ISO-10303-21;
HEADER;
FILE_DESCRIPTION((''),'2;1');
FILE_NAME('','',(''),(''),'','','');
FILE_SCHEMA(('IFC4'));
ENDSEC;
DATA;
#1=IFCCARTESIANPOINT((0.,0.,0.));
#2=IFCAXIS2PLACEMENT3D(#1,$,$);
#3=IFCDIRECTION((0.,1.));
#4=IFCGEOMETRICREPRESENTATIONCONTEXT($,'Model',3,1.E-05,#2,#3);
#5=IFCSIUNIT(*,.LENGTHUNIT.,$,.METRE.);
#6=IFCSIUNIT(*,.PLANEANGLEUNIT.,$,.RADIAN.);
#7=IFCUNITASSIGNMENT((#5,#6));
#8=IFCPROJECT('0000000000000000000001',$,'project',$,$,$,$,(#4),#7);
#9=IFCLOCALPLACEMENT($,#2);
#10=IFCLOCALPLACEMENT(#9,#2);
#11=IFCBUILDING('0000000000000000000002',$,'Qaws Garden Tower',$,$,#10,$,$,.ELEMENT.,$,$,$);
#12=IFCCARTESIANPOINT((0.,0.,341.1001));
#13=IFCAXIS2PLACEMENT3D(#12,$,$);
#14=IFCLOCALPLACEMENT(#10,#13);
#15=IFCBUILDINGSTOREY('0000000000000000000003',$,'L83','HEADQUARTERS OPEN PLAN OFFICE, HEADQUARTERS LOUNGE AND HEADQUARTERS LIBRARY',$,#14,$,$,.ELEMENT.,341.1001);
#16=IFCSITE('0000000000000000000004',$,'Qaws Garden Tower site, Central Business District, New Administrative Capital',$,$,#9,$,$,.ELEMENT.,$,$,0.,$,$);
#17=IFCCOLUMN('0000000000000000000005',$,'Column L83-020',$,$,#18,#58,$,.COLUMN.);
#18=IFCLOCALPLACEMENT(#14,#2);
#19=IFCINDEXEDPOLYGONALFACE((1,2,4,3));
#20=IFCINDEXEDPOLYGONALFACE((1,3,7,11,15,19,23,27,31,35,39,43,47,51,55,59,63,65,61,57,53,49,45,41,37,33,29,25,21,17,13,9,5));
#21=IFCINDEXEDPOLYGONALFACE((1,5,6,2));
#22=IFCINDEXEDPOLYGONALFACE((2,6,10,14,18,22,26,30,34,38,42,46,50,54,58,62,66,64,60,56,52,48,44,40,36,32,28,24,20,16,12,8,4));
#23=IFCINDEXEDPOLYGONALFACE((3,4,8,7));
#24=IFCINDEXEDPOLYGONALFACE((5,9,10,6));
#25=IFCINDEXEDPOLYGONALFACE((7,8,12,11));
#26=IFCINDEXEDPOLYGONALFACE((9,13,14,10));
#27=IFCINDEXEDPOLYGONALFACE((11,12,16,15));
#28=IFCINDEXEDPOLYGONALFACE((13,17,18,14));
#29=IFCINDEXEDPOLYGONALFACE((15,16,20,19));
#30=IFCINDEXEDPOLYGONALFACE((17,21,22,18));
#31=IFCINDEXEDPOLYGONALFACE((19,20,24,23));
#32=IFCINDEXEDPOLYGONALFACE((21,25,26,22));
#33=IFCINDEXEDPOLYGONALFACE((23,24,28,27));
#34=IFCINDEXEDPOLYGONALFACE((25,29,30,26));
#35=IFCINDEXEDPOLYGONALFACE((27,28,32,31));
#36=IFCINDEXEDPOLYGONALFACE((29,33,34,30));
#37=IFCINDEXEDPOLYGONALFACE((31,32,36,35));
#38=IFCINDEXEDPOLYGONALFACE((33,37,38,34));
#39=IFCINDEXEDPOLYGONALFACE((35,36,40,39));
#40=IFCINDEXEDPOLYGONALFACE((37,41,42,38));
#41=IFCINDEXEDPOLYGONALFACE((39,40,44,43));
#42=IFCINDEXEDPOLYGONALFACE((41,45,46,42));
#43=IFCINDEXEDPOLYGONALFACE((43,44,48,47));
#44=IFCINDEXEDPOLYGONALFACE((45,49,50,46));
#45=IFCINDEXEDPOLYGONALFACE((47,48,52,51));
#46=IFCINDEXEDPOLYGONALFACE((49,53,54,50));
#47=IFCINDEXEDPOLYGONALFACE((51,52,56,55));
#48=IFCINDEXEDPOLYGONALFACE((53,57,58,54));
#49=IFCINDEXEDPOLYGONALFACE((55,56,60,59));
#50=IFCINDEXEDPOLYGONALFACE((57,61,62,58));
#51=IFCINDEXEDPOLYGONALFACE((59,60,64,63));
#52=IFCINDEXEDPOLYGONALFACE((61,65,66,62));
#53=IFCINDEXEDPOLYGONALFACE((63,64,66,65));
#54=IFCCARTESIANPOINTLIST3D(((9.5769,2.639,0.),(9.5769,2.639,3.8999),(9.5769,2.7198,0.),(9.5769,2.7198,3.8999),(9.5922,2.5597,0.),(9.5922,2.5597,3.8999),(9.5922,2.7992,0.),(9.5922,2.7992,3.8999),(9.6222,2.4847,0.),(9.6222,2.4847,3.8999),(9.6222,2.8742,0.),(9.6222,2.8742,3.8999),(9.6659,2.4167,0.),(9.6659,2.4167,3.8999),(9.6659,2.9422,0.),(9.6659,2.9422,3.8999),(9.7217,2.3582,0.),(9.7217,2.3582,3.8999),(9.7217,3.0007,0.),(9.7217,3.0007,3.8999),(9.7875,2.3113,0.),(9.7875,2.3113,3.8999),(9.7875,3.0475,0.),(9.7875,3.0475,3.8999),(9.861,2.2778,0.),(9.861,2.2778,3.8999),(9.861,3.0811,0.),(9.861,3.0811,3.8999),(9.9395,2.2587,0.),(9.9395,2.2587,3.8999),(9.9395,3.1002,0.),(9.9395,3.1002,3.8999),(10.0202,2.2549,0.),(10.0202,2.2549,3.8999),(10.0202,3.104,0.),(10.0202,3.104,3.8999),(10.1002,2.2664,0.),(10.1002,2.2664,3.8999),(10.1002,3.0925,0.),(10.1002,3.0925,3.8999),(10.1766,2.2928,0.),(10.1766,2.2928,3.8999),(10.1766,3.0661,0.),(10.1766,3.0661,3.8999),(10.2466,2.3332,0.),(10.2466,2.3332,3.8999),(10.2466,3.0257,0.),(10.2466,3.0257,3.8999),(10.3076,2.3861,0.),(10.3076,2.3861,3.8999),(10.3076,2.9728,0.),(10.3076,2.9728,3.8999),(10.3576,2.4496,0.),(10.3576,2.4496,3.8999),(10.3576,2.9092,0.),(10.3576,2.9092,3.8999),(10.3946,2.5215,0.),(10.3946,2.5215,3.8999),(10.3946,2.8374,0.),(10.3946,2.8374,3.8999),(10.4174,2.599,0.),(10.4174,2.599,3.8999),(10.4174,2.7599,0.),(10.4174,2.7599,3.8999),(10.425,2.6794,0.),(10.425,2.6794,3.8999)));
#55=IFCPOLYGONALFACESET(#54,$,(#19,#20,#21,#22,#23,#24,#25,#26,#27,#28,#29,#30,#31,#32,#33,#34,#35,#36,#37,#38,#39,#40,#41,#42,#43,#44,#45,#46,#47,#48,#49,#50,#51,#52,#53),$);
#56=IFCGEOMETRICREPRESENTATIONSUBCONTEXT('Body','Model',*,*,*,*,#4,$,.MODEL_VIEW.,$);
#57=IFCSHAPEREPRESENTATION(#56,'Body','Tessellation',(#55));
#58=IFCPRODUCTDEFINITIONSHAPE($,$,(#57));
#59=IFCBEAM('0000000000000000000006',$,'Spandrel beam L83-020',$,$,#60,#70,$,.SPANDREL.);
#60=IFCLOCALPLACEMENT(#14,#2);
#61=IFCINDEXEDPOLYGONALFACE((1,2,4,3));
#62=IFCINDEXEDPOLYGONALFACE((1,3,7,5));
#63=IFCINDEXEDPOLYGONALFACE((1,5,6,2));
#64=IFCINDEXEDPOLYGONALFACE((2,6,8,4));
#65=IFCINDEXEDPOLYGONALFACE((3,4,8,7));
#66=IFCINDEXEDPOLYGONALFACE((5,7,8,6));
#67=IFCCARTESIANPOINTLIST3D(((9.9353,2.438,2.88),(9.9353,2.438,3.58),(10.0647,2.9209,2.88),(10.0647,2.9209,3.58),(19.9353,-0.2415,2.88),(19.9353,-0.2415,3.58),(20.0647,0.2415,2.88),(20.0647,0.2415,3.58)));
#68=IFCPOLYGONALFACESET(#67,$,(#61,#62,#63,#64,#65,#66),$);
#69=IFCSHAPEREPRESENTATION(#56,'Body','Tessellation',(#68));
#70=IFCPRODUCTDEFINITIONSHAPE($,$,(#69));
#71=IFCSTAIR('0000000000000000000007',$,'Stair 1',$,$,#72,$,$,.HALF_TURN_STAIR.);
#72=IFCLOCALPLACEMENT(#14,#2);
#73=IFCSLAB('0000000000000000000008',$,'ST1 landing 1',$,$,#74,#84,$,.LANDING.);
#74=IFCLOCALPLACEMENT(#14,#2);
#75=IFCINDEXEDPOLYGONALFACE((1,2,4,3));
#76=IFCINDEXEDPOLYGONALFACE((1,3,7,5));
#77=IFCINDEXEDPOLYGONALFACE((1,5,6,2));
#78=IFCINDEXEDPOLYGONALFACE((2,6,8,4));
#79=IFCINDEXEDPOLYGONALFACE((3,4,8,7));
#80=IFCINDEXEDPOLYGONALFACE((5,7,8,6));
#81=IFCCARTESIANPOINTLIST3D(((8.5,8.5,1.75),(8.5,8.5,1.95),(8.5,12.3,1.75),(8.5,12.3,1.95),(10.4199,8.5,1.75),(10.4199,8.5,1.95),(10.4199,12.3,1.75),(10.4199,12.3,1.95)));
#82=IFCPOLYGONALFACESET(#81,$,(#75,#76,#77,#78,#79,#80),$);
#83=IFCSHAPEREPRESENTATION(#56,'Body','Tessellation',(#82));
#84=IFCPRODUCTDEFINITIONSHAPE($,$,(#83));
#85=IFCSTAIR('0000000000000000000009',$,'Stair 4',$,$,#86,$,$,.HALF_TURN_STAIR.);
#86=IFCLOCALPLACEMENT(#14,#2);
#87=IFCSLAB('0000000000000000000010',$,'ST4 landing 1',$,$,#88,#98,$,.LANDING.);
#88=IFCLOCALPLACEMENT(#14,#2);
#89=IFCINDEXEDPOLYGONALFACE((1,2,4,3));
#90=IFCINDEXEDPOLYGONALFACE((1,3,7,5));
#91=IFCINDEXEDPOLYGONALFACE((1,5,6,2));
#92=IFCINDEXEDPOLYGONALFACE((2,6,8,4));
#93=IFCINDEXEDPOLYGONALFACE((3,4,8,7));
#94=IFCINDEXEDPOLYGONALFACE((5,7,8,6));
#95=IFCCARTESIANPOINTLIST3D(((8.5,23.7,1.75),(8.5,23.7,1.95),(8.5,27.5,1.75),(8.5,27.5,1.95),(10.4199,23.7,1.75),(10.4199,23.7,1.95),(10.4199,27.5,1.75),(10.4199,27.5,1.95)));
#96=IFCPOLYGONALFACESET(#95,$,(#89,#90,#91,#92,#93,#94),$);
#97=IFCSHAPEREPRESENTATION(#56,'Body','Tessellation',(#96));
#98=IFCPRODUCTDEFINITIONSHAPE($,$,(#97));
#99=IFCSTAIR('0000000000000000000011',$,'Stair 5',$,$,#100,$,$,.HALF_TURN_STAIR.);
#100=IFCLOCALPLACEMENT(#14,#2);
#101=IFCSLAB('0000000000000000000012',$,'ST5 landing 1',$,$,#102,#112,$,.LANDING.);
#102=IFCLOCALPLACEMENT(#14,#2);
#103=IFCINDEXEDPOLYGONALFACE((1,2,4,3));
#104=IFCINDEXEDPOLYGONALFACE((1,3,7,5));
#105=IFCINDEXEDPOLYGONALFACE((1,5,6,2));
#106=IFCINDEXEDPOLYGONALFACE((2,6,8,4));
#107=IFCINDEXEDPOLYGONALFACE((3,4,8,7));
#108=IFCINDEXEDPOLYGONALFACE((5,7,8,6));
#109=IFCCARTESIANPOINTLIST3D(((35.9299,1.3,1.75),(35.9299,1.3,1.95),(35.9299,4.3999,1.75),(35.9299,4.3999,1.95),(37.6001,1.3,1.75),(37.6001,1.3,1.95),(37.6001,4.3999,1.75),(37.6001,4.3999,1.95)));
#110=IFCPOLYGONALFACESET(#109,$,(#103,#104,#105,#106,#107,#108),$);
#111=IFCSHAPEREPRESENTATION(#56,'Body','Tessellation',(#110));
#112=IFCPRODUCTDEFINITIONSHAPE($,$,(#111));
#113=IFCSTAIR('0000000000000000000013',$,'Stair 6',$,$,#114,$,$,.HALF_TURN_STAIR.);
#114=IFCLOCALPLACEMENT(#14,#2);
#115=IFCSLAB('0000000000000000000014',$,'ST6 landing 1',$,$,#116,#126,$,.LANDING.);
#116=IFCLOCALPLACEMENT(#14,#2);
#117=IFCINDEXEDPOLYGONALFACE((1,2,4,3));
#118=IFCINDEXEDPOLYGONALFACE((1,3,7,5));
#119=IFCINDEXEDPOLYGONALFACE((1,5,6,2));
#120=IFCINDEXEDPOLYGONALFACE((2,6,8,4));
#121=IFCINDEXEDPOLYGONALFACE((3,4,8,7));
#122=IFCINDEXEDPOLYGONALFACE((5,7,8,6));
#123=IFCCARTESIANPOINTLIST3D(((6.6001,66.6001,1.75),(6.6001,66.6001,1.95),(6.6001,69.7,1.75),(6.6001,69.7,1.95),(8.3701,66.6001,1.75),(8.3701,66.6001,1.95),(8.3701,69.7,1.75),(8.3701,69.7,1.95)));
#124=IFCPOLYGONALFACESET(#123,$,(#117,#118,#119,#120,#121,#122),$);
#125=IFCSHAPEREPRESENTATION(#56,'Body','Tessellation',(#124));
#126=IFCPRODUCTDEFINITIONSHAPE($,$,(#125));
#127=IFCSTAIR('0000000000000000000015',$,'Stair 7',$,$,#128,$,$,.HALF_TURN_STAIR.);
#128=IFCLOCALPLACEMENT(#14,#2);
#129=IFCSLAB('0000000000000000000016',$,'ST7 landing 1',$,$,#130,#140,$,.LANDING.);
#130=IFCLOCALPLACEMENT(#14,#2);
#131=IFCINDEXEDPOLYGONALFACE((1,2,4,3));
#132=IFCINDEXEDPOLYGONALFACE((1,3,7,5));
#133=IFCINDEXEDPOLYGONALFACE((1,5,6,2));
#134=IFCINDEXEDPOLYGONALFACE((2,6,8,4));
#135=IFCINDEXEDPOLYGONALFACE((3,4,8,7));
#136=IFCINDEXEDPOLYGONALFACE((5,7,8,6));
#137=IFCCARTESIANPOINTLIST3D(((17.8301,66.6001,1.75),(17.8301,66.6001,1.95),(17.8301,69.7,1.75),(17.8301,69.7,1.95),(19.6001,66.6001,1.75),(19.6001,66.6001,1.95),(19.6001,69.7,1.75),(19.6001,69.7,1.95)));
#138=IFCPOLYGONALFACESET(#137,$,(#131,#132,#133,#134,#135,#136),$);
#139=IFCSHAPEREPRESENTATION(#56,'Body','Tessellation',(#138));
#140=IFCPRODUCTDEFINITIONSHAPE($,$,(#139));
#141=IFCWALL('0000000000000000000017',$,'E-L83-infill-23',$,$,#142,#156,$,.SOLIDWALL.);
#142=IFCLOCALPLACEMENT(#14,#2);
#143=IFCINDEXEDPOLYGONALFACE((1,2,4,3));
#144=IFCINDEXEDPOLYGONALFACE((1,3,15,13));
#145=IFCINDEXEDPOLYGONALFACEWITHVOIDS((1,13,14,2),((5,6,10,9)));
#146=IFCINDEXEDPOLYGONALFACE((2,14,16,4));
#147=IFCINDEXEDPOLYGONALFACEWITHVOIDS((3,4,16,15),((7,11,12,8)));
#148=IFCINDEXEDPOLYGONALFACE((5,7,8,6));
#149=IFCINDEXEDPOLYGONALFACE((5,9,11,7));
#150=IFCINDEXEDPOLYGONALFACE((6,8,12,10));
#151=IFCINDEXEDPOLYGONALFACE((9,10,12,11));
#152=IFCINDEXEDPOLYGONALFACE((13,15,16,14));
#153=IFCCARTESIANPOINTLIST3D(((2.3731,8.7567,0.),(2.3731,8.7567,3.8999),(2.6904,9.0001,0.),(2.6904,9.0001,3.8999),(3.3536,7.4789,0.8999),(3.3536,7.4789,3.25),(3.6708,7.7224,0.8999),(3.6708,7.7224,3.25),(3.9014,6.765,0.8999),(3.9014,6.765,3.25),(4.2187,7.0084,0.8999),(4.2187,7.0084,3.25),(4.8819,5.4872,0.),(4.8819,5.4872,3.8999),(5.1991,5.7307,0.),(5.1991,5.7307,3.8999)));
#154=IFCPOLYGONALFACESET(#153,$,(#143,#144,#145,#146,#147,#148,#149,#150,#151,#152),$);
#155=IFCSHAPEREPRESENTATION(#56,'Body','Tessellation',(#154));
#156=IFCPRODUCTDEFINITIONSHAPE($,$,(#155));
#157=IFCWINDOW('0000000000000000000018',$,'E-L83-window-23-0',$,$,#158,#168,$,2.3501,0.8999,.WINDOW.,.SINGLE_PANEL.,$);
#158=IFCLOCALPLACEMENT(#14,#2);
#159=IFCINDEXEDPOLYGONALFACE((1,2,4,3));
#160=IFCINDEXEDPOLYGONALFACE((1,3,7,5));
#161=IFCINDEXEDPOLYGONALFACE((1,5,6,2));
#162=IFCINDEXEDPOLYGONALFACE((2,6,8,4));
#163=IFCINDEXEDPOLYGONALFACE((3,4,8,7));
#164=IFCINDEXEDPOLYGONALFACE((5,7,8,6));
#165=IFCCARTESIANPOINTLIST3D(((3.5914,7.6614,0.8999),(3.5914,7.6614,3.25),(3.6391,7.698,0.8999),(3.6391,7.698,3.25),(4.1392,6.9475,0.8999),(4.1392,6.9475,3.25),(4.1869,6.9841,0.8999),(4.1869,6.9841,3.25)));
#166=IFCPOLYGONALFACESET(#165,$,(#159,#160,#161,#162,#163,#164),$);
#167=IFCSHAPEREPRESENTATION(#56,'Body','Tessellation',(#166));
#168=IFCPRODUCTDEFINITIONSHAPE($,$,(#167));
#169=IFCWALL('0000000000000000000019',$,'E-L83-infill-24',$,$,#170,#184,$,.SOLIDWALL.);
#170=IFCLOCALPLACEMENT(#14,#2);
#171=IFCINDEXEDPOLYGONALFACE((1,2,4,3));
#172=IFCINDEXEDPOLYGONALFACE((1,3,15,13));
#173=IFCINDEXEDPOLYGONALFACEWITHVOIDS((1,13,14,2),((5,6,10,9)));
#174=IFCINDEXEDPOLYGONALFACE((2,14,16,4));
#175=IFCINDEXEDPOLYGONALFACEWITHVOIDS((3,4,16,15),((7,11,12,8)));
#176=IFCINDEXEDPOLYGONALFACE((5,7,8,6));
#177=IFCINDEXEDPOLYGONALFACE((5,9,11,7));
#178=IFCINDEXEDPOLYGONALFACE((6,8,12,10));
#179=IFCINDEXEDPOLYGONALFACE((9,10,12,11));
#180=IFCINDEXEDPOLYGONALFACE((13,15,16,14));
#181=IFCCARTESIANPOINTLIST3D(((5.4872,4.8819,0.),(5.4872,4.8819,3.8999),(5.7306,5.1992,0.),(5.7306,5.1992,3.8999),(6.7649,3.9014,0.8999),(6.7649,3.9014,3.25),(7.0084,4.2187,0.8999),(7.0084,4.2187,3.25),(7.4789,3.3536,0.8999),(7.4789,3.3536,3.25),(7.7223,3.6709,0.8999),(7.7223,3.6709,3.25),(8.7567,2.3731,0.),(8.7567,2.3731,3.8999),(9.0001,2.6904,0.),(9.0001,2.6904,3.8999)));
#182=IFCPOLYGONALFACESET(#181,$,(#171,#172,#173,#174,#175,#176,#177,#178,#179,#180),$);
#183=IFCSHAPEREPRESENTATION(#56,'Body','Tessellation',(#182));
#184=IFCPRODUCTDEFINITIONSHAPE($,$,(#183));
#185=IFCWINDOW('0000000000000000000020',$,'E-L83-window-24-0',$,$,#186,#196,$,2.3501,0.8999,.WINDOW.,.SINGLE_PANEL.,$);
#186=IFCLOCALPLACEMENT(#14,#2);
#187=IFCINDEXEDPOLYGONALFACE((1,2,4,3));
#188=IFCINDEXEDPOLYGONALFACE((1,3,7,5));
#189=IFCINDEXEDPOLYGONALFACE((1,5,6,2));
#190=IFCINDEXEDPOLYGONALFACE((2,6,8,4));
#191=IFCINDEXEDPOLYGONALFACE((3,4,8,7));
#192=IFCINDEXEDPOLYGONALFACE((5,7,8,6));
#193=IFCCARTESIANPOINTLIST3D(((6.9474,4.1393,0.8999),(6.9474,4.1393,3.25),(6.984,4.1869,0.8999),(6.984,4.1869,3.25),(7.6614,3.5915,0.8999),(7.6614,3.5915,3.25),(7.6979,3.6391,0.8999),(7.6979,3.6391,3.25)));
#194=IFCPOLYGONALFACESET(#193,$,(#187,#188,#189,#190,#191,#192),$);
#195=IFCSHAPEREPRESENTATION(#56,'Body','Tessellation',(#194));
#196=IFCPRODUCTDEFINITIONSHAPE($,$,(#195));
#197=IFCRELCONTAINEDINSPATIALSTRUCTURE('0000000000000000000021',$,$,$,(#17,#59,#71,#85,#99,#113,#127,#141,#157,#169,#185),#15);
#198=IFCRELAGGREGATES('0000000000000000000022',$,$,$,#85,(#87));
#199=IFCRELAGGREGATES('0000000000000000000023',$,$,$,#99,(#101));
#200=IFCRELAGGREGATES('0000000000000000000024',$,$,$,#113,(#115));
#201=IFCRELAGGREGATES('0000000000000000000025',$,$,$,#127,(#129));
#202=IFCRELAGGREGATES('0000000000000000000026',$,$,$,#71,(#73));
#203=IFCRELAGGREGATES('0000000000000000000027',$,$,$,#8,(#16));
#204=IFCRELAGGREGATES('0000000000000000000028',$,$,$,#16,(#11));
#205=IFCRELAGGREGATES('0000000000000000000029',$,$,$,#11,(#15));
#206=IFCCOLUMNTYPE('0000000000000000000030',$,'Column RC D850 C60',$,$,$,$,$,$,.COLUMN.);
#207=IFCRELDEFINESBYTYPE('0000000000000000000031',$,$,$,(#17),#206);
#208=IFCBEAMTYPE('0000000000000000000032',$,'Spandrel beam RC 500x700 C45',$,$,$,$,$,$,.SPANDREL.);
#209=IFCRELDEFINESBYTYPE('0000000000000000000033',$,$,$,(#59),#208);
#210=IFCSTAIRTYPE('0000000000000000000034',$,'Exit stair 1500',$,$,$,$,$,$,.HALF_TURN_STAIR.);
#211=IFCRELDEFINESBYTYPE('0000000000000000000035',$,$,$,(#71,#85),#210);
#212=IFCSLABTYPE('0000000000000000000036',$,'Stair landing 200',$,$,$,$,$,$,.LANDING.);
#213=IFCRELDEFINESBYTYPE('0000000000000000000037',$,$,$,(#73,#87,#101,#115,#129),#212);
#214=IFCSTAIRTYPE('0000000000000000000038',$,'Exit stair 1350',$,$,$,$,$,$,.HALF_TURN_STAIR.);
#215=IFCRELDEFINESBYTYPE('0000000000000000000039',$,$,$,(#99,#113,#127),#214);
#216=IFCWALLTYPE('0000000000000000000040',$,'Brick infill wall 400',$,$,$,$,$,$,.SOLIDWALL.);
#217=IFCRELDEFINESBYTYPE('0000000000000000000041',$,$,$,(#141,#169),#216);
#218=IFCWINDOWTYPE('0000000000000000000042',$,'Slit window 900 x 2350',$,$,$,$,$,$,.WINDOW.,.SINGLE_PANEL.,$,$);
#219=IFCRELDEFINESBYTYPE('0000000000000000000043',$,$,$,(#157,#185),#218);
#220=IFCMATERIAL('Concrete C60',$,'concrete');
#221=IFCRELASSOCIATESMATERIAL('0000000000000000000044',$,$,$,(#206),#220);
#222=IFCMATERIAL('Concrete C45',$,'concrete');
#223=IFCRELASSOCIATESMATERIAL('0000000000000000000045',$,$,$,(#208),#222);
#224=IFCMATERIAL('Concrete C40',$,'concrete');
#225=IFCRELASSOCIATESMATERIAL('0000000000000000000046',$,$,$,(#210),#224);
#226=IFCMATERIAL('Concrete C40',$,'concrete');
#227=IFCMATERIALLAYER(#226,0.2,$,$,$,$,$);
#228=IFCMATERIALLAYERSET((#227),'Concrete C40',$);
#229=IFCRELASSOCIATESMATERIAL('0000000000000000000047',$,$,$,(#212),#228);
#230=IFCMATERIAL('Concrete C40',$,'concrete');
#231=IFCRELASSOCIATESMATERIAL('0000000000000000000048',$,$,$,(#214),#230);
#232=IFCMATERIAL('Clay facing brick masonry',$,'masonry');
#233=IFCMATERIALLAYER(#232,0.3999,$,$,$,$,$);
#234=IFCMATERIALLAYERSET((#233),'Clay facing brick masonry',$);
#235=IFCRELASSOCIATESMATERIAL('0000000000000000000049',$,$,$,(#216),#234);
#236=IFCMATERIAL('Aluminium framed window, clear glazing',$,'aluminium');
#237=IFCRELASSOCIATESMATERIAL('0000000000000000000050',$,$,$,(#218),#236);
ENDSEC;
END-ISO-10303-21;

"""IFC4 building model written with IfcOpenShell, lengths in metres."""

from ifc_helpers import new_model, si_unit, direction, frame, frame_2d, origin, origin_2d, place, context, subcontext, project, spatial, polyline, rectangle, circle, outline, extrude, material, layer, layer_set, material_profile, profile_set, type_object, element, fill, aggregate, save


model = new_model("IFC4")

# Units and contexts
model_context = context("Model", 3, precision=1e-05, world=origin(), true_north=direction((0.0, 1.0)))
body_context = subcontext(model_context, "Body", "Model", "MODEL_VIEW")
ifc_project = project(units=[si_unit("LENGTHUNIT", "METRE"), si_unit("PLANEANGLEUNIT", "RADIAN")], contexts=[model_context])

# Site, building, storey
site_placement = place(None, origin())
site = spatial("IfcSite", under=ifc_project, at=site_placement, Name="Qaws Garden Tower site, Central Business District, New Administrative Capital", CompositionType="ELEMENT", RefElevation=0.0)
building_placement = place(site_placement, origin())
building = spatial("IfcBuilding", under=site, at=building_placement, Name="Qaws Garden Tower", CompositionType="ELEMENT")
storey_placement = place(building_placement, frame((0.0, 0.0, 341.1001)))
storey = spatial("IfcBuildingStorey", under=building, at=storey_placement, Name="L83", Description="HEADQUARTERS OPEN PLAN OFFICE, HEADQUARTERS LOUNGE AND HEADQUARTERS LIBRARY", CompositionType="ELEMENT", Elevation=341.1001)

# Column
ifc_material_1 = material(Name="Concrete C60", Category="concrete")
ifc_material_profile_1 = material_profile(ifc_material_1, circle(Radius=0.425, at=origin_2d()), Name="RC D850")
ifc_profile_set_1 = profile_set([ifc_material_profile_1], Name="Concrete C60")
column_type = type_object("IfcColumnType", Name="Column RC D850 C60", PredefinedType="COLUMN", material=ifc_profile_set_1)
column_placement = place(storey_placement, frame((10.0, 2.6794, 0.0), z_axis=(0.0, 0.0, 1.0), x_axis=(1.0, 0.0, 0.0)))
element("IfcColumn", 1, at=column_placement, inside=storey, type_object=column_type, Name="Column L83-020", PredefinedType="COLUMN", context=body_context, shape_type="SweptSolid", body=[
    extrude(circle(Radius=0.425, at=origin_2d()), origin(), (0.0, 0.0, 1.0), 3.8999),
])

# Beam
ifc_material_2 = material(Name="Concrete C45", Category="concrete")
ifc_material_profile_2 = material_profile(ifc_material_2, rectangle(XDim=0.5, YDim=0.7, at=origin_2d()), Name="RC 500x700")
ifc_profile_set_2 = profile_set([ifc_material_profile_2], Name="Concrete C45")
beam_type = type_object("IfcBeamType", Name="Spandrel beam RC 500x700 C45", PredefinedType="SPANDREL", material=ifc_profile_set_2)
beam_placement = place(storey_placement, frame((10.0, 2.6794, 3.23), z_axis=(0.965927, -0.258815, 0.0), x_axis=(0.258815, 0.965927, 0.0)))
element("IfcBeam", 2, at=beam_placement, inside=storey, type_object=beam_type, Name="Spandrel beam L83-020", PredefinedType="SPANDREL", context=body_context, shape_type="SweptSolid", body=[
    extrude(rectangle(XDim=0.5, YDim=0.7, at=origin_2d()), origin(), (0.0, 0.0, 1.0), 10.3528),
])

# Stairs, slabs
ifc_material_3 = material(Name="Concrete C40", Category="concrete")
stair_type_1 = type_object("IfcStairType", Name="Exit stair 1500", PredefinedType="HALF_TURN_STAIR", material=ifc_material_3)
placement_1 = place(storey_placement, origin())
stair_1 = element("IfcStair", 3, at=placement_1, inside=storey, type_object=stair_type_1, Name="Stair 1", PredefinedType="HALF_TURN_STAIR")
ifc_material_4 = material(Name="Concrete C40", Category="concrete")
ifc_layer_1 = layer(ifc_material_4, 0.2)
ifc_layer_set_1 = layer_set([ifc_layer_1], Name="Concrete C40")
slab_type = type_object("IfcSlabType", Name="Stair landing 200", PredefinedType="LANDING", material=ifc_layer_set_1)
placement_2 = place(storey_placement, frame((0.0, 0.0, 1.75)))
slab_1 = element("IfcSlab", 4, at=placement_2, type_object=slab_type, Name="ST1 landing 1", PredefinedType="LANDING", context=body_context, shape_type="SweptSolid", body=[
    extrude(outline(polyline([(8.5, 8.5), (10.4199, 8.5), (10.4199, 12.3), (8.5, 12.3), (8.5, 8.5)])), origin(), (0.0, 0.0, 1.0), 0.2),
])
stair_2 = element("IfcStair", 5, at=placement_1, inside=storey, type_object=stair_type_1, Name="Stair 4", PredefinedType="HALF_TURN_STAIR")
slab_2 = element("IfcSlab", 6, at=placement_2, type_object=slab_type, Name="ST4 landing 1", PredefinedType="LANDING", context=body_context, shape_type="SweptSolid", body=[
    extrude(outline(polyline([(8.5, 23.7), (10.4199, 23.7), (10.4199, 27.5), (8.5, 27.5), (8.5, 23.7)])), origin(), (0.0, 0.0, 1.0), 0.2),
])
aggregate(stair_2, [slab_2])
ifc_material_5 = material(Name="Concrete C40", Category="concrete")
stair_type_2 = type_object("IfcStairType", Name="Exit stair 1350", PredefinedType="HALF_TURN_STAIR", material=ifc_material_5)
stair_3 = element("IfcStair", 7, at=placement_1, inside=storey, type_object=stair_type_2, Name="Stair 5", PredefinedType="HALF_TURN_STAIR")
slab_3 = element("IfcSlab", 8, at=placement_2, type_object=slab_type, Name="ST5 landing 1", PredefinedType="LANDING", context=body_context, shape_type="SweptSolid", body=[
    extrude(outline(polyline([(35.9299, 1.3), (37.6001, 1.3), (37.6001, 4.3999), (35.9299, 4.3999), (35.9299, 1.3)])), origin(), (0.0, 0.0, 1.0), 0.2),
])
aggregate(stair_3, [slab_3])
stair_4 = element("IfcStair", 9, at=placement_1, inside=storey, type_object=stair_type_2, Name="Stair 6", PredefinedType="HALF_TURN_STAIR")
slab_4 = element("IfcSlab", 10, at=placement_2, type_object=slab_type, Name="ST6 landing 1", PredefinedType="LANDING", context=body_context, shape_type="SweptSolid", body=[
    extrude(outline(polyline([(6.6001, 66.6001), (8.3701, 66.6001), (8.3701, 69.7), (6.6001, 69.7), (6.6001, 66.6001)])), origin(), (0.0, 0.0, 1.0), 0.2),
])
aggregate(stair_4, [slab_4])
stair_5 = element("IfcStair", 11, at=placement_1, inside=storey, type_object=stair_type_2, Name="Stair 7", PredefinedType="HALF_TURN_STAIR")
slab_5 = element("IfcSlab", 12, at=placement_2, type_object=slab_type, Name="ST7 landing 1", PredefinedType="LANDING", context=body_context, shape_type="SweptSolid", body=[
    extrude(outline(polyline([(17.8301, 66.6001), (19.6001, 66.6001), (19.6001, 69.7), (17.8301, 69.7), (17.8301, 66.6001)])), origin(), (0.0, 0.0, 1.0), 0.2),
])
aggregate(stair_5, [slab_5])

# Walls, openings, windows
ifc_material_6 = material(Name="Clay facing brick masonry", Category="masonry")
ifc_layer_2 = layer(ifc_material_6, 0.3999)
ifc_layer_set_2 = layer_set([ifc_layer_2], Name="Clay facing brick masonry")
wall_type_1 = type_object("IfcWallType", Name="Brick infill wall 400", PredefinedType="SOLIDWALL", material=ifc_layer_set_2)
wall_1_placement = place(storey_placement, frame((2.5317, 8.8784, 0.0), z_axis=(0.0, 0.0, 1.0), x_axis=(0.60876, -0.793355, 0.0)))
wall_1 = element("IfcWall", 13, at=wall_1_placement, inside=storey, type_object=wall_type_1, Name="E-L83-infill-23", PredefinedType="SOLIDWALL", context=body_context, shape_type="SweptSolid", body=[
    extrude(rectangle(XDim=4.1211, YDim=0.3999, at=frame_2d((2.0605, 0.0))), origin(), (0.0, 0.0, 1.0), 3.8999),
])
opening_1_placement = place(wall_1_placement, frame((1.6106, 0.0, 0.8999)))
opening_1 = element("IfcOpeningElement", 14, at=opening_1_placement, cuts=wall_1, PredefinedType="OPENING", context=body_context, shape_type="SweptSolid", body=[
    extrude(rectangle(XDim=0.8999, YDim=2.3501, at=frame_2d((0.45, 1.175))), frame((0.0, 0.21, 0.0), z_axis=(0.0, -1.0, 0.0), x_axis=(1.0, 0.0, 0.0)), (0.0, 0.0, 1.0), 0.4199),
])
ifc_material_7 = material(Name="Aluminium framed window, clear glazing", Category="aluminium")
window_type = type_object("IfcWindowType", Name="Slit window 900 x 2350", PartitioningType="SINGLE_PANEL", PredefinedType="WINDOW", material=ifc_material_7)
window_1_placement = place(opening_1_placement, origin())
window_1 = element("IfcWindow", 15, at=window_1_placement, inside=storey, type_object=window_type, Name="E-L83-window-23-0", OverallHeight=2.3501, OverallWidth=0.8999, PartitioningType="SINGLE_PANEL", PredefinedType="WINDOW", context=body_context, shape_type="SweptSolid", body=[
    extrude(rectangle(XDim=0.8999, YDim=2.3501, at=frame_2d((0.45, 1.175))), frame((0.0, 0.1599, 0.0), z_axis=(0.0, -1.0, 0.0), x_axis=(1.0, 0.0, 0.0)), (0.0, 0.0, 1.0), 0.0601),
])
fill(opening_1, window_1)
wall_2_placement = place(storey_placement, frame((5.6089, 5.0405, 0.0), z_axis=(0.0, 0.0, 1.0), x_axis=(0.793355, -0.60876, 0.0)))
wall_2 = element("IfcWall", 16, at=wall_2_placement, inside=storey, type_object=wall_type_1, Name="E-L83-infill-24", PredefinedType="SOLIDWALL", context=body_context, shape_type="SweptSolid", body=[
    extrude(rectangle(XDim=4.1211, YDim=0.3999, at=frame_2d((2.0605, 0.0))), origin(), (0.0, 0.0, 1.0), 3.8999),
])
opening_2_placement = place(wall_2_placement, frame((1.6106, 0.0, 0.8999)))
opening_2 = element("IfcOpeningElement", 17, at=opening_2_placement, cuts=wall_2, PredefinedType="OPENING", context=body_context, shape_type="SweptSolid", body=[
    extrude(rectangle(XDim=0.8999, YDim=2.3501, at=frame_2d((0.45, 1.175))), frame((0.0, 0.21, 0.0), z_axis=(0.0, -1.0, 0.0), x_axis=(1.0, 0.0, 0.0)), (0.0, 0.0, 1.0), 0.4199),
])
window_2_placement = place(opening_2_placement, origin())
window_2 = element("IfcWindow", 18, at=window_2_placement, inside=storey, type_object=window_type, Name="E-L83-window-24-0", OverallHeight=2.3501, OverallWidth=0.8999, PartitioningType="SINGLE_PANEL", PredefinedType="WINDOW", context=body_context, shape_type="SweptSolid", body=[
    extrude(rectangle(XDim=0.8999, YDim=2.3501, at=frame_2d((0.45, 1.175))), frame((0.0, 0.1599, 0.0), z_axis=(0.0, -1.0, 0.0), x_axis=(1.0, 0.0, 0.0)), (0.0, 0.0, 1.0), 0.0601),
])
fill(opening_2, window_2)

aggregate(stair_1, [slab_1])

save(model, "model.ifc")
